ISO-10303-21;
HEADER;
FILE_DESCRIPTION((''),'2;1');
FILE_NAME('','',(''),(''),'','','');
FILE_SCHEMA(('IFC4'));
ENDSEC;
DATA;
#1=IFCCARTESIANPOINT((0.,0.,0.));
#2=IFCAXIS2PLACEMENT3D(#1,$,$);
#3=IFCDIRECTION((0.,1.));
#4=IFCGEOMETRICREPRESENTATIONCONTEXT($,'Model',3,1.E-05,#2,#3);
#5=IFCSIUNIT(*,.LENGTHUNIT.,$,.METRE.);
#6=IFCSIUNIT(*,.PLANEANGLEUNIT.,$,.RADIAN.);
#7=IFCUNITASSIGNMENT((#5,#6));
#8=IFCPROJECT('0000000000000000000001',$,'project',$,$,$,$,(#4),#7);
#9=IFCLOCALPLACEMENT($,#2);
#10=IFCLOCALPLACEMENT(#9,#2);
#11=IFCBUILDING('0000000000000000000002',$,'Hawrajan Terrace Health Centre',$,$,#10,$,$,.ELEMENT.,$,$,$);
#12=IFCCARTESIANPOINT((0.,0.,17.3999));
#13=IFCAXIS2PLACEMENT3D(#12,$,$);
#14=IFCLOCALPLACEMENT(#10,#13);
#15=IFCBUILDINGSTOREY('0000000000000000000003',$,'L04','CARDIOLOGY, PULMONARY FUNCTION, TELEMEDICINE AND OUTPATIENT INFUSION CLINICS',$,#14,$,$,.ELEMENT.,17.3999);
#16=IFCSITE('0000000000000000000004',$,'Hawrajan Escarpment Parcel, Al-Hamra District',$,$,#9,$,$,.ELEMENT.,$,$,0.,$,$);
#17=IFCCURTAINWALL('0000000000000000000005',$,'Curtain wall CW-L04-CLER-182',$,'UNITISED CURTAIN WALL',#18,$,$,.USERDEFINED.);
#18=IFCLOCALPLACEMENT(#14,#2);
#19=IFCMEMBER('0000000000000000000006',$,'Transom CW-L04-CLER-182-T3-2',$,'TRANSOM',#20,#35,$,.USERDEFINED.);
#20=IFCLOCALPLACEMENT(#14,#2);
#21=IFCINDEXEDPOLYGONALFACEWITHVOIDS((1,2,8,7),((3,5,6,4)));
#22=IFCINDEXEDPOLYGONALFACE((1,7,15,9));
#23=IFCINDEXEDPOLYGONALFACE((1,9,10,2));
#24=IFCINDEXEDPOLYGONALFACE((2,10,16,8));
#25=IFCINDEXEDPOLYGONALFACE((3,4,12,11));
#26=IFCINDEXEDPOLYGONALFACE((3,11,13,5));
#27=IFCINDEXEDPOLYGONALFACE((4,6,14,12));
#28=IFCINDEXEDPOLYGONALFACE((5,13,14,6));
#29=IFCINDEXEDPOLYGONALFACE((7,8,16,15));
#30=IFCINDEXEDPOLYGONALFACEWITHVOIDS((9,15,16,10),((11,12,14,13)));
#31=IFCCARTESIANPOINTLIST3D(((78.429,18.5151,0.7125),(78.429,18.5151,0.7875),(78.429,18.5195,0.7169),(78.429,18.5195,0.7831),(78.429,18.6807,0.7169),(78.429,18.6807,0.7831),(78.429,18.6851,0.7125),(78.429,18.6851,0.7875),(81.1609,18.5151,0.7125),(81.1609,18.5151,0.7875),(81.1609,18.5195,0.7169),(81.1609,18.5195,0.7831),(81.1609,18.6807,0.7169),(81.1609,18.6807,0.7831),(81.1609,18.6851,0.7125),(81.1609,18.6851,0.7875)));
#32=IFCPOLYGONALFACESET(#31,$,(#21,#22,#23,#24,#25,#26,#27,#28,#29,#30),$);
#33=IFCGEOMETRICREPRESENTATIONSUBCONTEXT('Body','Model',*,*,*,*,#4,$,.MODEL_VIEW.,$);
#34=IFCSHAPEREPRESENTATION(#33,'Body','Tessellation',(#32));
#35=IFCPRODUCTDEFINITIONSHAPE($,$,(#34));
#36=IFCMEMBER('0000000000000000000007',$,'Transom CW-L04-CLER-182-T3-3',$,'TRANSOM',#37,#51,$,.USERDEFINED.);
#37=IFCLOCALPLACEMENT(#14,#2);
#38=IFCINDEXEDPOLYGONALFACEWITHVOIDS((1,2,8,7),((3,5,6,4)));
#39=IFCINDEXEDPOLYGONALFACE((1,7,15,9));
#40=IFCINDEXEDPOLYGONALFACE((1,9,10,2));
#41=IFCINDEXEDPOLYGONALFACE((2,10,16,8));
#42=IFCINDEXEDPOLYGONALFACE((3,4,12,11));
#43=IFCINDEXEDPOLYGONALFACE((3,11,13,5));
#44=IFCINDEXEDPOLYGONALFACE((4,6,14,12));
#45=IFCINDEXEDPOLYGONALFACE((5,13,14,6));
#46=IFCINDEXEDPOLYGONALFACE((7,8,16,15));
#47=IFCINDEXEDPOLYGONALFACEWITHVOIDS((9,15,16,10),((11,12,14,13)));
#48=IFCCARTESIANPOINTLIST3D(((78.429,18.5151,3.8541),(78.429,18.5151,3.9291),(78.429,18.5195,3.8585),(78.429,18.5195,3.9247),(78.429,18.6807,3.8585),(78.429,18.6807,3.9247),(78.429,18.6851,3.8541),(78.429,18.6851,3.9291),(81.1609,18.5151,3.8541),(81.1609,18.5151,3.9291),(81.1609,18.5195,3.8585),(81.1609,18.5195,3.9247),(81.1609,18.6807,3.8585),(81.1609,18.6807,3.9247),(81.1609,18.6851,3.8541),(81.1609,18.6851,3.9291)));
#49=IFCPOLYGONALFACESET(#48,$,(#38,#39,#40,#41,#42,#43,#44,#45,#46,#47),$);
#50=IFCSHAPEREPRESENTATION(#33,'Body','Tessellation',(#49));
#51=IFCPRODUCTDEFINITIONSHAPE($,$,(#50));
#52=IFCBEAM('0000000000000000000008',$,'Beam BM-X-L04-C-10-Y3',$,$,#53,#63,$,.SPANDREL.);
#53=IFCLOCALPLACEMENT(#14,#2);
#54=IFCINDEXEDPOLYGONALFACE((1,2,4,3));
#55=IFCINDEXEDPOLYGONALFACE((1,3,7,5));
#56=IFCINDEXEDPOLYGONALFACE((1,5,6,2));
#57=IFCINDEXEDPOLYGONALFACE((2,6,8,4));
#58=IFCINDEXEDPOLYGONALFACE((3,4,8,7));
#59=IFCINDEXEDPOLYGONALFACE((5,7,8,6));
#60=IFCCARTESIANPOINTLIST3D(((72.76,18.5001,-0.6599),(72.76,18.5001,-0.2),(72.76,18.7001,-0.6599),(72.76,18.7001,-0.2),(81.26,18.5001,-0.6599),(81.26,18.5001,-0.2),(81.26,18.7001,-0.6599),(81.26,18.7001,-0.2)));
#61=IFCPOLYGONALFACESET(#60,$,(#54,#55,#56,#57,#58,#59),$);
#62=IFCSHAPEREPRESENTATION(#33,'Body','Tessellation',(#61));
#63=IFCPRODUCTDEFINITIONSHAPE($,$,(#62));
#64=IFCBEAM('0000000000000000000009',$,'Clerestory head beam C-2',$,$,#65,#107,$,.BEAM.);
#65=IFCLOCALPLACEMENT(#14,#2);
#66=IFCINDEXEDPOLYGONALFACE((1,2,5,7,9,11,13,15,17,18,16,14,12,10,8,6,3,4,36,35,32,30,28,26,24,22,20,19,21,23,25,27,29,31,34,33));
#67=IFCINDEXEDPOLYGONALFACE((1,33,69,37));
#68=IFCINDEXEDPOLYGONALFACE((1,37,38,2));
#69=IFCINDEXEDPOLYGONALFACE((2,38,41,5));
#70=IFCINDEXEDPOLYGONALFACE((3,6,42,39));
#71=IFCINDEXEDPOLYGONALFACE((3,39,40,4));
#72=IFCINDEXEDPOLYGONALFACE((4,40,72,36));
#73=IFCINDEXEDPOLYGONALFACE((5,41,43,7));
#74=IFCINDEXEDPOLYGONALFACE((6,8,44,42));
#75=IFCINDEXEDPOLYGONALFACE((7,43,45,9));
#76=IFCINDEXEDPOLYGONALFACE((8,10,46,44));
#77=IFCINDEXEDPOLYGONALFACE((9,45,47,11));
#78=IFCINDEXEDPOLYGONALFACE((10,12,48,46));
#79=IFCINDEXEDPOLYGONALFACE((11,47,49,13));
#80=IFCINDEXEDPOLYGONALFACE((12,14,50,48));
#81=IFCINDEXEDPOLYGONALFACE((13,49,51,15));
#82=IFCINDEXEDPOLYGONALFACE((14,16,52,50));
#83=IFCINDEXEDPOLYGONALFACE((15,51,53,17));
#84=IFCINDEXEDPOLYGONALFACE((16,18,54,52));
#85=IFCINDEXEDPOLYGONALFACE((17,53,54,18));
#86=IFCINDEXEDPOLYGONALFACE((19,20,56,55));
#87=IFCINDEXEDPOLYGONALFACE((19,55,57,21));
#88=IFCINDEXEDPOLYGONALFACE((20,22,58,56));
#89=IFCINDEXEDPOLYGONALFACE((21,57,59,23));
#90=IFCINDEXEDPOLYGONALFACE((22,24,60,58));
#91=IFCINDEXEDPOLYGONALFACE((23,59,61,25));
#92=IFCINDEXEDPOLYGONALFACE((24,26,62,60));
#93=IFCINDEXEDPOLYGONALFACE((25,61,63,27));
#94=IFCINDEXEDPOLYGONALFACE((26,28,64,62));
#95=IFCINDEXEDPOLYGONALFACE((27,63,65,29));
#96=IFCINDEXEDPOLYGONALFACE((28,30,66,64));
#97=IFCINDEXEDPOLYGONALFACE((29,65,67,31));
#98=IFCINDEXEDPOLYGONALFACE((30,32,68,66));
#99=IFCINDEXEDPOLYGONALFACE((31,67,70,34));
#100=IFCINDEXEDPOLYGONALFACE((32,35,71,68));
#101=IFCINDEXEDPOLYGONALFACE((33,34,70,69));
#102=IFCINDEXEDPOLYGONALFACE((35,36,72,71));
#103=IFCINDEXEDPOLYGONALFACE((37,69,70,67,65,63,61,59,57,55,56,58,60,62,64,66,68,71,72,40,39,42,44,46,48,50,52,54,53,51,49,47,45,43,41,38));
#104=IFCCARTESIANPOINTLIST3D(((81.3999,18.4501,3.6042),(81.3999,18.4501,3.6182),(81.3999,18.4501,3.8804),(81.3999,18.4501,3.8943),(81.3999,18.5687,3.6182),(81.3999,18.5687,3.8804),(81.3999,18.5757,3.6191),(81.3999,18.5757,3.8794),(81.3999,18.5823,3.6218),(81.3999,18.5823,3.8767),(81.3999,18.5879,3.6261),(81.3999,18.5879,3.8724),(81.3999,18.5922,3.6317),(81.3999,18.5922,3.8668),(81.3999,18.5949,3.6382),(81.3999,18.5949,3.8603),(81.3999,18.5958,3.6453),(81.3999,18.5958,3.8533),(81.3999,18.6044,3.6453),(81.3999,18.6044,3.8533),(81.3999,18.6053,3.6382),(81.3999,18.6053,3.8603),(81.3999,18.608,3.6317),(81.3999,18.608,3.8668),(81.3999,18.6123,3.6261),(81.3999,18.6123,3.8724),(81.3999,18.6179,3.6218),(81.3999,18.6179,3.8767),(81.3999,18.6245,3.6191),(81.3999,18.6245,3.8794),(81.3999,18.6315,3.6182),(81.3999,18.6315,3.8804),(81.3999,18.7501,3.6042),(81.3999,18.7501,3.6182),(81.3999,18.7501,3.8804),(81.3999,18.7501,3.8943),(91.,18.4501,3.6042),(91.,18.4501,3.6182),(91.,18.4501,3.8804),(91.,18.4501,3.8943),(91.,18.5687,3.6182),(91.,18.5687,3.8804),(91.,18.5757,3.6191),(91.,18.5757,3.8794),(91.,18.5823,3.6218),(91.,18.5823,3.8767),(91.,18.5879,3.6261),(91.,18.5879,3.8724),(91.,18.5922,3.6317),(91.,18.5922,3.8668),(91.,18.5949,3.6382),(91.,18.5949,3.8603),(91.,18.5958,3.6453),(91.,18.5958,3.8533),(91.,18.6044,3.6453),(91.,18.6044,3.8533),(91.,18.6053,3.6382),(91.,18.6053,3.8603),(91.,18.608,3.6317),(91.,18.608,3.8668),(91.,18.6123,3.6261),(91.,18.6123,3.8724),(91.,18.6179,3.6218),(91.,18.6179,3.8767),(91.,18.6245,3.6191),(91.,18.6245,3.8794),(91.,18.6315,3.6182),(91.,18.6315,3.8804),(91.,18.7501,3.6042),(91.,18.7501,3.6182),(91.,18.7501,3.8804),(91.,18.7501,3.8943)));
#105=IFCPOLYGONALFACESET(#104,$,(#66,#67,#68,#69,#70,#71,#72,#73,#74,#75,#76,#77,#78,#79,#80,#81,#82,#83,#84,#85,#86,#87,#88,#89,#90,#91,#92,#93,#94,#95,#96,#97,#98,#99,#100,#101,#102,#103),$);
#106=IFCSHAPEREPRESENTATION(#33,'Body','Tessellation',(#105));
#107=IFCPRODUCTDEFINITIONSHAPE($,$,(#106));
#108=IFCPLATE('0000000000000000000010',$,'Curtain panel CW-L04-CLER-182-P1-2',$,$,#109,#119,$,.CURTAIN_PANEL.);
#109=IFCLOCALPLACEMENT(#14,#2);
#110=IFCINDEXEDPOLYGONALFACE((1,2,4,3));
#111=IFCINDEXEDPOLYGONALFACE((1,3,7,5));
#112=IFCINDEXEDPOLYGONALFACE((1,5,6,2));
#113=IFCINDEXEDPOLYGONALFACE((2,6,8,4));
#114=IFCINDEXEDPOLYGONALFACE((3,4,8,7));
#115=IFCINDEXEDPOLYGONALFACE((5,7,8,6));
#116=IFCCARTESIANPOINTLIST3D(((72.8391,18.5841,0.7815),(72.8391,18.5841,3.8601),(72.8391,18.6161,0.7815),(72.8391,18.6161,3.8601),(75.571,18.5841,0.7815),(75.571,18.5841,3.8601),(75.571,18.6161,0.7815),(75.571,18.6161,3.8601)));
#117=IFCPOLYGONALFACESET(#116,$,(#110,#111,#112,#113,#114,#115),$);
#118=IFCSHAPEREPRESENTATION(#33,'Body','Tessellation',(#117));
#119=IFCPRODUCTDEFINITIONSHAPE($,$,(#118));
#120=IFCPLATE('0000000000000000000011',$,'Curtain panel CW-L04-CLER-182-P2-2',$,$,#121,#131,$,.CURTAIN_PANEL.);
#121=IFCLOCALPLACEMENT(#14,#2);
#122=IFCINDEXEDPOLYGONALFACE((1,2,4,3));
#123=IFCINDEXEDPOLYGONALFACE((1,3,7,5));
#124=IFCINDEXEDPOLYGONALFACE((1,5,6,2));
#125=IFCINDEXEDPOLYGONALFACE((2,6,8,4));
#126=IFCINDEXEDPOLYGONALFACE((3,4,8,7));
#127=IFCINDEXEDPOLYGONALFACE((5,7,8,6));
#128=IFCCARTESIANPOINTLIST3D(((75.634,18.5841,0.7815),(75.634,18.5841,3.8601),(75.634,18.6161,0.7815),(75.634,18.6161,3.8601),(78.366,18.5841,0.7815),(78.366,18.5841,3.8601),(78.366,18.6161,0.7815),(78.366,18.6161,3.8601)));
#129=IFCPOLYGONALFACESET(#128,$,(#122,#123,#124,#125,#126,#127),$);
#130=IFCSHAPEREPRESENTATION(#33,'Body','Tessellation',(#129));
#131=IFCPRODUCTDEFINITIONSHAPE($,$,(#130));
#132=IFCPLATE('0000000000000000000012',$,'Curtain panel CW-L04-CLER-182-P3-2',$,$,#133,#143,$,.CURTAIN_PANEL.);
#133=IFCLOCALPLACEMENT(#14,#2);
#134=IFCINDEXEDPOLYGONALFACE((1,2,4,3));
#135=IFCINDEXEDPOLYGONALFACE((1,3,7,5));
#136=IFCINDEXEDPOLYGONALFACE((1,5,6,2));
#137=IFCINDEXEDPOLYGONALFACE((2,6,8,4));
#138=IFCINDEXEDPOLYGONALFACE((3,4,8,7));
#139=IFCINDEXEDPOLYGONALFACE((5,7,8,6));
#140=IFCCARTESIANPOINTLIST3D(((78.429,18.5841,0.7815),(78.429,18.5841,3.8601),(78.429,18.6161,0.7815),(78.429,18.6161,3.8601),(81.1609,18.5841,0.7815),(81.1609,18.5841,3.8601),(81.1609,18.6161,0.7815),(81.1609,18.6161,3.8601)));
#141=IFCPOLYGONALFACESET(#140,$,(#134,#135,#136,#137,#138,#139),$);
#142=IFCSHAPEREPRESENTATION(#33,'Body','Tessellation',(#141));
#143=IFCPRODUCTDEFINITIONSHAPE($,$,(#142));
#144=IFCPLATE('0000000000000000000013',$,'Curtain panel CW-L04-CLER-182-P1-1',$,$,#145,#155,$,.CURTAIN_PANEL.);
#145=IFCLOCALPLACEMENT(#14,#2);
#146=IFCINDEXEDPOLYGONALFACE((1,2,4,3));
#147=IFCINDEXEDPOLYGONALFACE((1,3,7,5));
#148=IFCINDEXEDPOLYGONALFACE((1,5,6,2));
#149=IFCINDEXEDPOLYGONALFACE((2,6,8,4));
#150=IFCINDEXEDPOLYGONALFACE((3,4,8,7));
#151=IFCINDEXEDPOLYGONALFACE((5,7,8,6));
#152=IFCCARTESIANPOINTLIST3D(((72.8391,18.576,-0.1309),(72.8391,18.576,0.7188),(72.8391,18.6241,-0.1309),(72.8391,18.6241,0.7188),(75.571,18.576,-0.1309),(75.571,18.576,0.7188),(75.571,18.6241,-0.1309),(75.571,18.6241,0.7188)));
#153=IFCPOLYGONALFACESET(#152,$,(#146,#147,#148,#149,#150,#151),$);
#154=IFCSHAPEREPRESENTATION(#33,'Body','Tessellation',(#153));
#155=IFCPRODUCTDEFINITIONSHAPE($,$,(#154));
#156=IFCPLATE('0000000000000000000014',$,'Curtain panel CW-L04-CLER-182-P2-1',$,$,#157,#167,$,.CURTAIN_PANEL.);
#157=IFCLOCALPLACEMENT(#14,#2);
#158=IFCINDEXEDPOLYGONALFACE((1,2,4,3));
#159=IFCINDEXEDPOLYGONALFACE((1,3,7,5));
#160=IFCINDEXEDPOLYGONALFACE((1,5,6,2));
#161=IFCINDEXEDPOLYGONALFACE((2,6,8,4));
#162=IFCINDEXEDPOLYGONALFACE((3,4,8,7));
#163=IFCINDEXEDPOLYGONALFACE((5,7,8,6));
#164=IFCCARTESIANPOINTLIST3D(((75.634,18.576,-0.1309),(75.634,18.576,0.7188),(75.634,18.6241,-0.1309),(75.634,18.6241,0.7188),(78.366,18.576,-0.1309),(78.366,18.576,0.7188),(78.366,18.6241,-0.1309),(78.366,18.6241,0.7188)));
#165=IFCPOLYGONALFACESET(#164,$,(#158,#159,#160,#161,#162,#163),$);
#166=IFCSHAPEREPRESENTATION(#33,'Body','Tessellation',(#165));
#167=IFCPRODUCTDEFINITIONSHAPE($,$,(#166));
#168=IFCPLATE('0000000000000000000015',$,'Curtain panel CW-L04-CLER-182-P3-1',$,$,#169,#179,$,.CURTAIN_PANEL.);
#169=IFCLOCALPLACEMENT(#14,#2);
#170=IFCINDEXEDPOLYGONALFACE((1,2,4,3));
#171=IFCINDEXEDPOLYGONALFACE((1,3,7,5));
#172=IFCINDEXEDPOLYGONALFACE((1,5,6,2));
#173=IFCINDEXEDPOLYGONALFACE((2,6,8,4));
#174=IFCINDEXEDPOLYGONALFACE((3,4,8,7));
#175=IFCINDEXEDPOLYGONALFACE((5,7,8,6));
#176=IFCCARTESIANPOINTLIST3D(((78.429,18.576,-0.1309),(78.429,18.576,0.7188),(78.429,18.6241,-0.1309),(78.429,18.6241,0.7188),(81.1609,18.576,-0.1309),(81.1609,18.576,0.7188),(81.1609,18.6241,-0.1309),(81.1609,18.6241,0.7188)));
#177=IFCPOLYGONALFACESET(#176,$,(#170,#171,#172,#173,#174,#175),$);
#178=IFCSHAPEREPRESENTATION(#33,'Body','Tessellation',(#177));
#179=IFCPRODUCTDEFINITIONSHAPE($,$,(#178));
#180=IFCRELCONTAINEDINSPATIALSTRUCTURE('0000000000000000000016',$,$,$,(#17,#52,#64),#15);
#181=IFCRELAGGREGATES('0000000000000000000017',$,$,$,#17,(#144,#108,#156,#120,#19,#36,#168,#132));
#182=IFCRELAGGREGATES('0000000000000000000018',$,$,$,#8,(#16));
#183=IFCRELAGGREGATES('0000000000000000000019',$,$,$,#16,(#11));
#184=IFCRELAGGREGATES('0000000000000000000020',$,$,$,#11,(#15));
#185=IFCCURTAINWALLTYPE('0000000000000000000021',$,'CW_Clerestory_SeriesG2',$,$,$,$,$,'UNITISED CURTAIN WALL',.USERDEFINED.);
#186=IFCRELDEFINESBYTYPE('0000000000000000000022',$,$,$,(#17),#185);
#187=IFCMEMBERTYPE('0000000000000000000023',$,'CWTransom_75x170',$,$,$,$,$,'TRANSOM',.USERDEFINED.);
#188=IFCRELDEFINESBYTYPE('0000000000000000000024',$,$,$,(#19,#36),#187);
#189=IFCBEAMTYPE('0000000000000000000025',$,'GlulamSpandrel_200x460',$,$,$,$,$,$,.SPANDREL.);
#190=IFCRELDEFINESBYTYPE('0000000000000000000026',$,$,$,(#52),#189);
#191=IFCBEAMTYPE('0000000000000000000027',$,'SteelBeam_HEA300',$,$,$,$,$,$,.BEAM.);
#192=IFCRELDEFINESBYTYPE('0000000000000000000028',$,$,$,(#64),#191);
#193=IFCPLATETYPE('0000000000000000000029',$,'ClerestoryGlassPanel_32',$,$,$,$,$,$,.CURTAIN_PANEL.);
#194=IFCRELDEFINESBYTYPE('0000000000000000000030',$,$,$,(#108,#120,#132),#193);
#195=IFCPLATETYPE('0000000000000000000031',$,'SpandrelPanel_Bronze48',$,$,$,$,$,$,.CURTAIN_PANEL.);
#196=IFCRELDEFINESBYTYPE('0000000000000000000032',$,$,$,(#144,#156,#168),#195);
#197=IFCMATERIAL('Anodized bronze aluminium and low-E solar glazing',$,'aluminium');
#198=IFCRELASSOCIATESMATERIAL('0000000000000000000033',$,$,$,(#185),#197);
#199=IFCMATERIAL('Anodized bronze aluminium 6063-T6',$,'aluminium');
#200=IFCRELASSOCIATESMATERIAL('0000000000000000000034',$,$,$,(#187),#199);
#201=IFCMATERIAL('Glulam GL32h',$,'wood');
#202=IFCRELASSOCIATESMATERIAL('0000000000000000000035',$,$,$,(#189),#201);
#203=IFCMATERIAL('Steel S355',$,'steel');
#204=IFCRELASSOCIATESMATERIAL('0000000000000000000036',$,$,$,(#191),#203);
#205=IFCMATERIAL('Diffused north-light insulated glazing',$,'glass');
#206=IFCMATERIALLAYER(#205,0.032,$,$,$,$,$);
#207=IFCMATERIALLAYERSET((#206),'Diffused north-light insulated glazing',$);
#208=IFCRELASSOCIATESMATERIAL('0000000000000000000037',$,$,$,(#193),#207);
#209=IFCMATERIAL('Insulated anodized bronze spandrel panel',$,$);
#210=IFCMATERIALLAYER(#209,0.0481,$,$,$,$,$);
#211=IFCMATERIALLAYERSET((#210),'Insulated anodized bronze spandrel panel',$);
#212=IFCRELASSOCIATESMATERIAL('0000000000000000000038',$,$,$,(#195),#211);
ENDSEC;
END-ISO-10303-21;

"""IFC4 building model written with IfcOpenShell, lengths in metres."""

from ifc_helpers import new_model, si_unit, direction, frame, origin, origin_2d, place, context, subcontext, project, spatial, rectangle, hollow_rectangle, i_section, extrude, material, layer, layer_set, material_profile, profile_set, type_object, element, aggregate, save


model = new_model("IFC4")

# Units and contexts
model_context = context("Model", 3, precision=1e-05, world=origin(), true_north=direction((0.0, 1.0)))
body_context = subcontext(model_context, "Body", "Model", "MODEL_VIEW")
ifc_project = project(units=[si_unit("LENGTHUNIT", "METRE"), si_unit("PLANEANGLEUNIT", "RADIAN")], contexts=[model_context])

# Site, building, storey
site_placement = place(None, origin())
site = spatial("IfcSite", under=ifc_project, at=site_placement, Name="Hawrajan Escarpment Parcel, Al-Hamra District", CompositionType="ELEMENT", RefElevation=0.0)
building_placement = place(site_placement, origin())
building = spatial("IfcBuilding", under=site, at=building_placement, Name="Hawrajan Terrace Health Centre", CompositionType="ELEMENT")
storey_placement = place(building_placement, frame((0.0, 0.0, 17.3999)))
storey = spatial("IfcBuildingStorey", under=building, at=storey_placement, Name="L04", Description="CARDIOLOGY, PULMONARY FUNCTION, TELEMEDICINE AND OUTPATIENT INFUSION CLINICS", CompositionType="ELEMENT", Elevation=17.3999)

# Curtain wall, members
ifc_material_1 = material(Name="Anodized bronze aluminium and low-E solar glazing", Category="aluminium")
curtain_wall_type = type_object("IfcCurtainWallType", Name="CW_Clerestory_SeriesG2", ElementType="UNITISED CURTAIN WALL", PredefinedType="USERDEFINED", material=ifc_material_1)
curtain_wall_placement = place(storey_placement, origin())
curtain_wall = element("IfcCurtainWall", 1, at=curtain_wall_placement, inside=storey, type_object=curtain_wall_type, Name="Curtain wall CW-L04-CLER-182", ObjectType="UNITISED CURTAIN WALL", PredefinedType="USERDEFINED")
ifc_material_2 = material(Name="Anodized bronze aluminium 6063-T6", Category="aluminium")
ifc_material_profile_1 = material_profile(ifc_material_2, hollow_rectangle(XDim=0.075, YDim=0.1699, WallThickness=0.0044, at=origin_2d()), Name="CW TRN 75x170")
ifc_profile_set_1 = profile_set([ifc_material_profile_1], Name="Anodized bronze aluminium 6063-T6")
member_type_1 = type_object("IfcMemberType", Name="CWTransom_75x170", ElementType="TRANSOM", PredefinedType="USERDEFINED", material=ifc_profile_set_1)
member_1_placement = place(storey_placement, frame((78.429, 18.6001, 0.75), z_axis=(1.0, 0.0, 0.0), x_axis=(0.0, 0.0, 1.0)))
member_1 = element("IfcMember", 2, at=member_1_placement, type_object=member_type_1, Name="Transom CW-L04-CLER-182-T3-2", ObjectType="TRANSOM", PredefinedType="USERDEFINED", context=body_context, shape_type="SweptSolid", body=[
    extrude(hollow_rectangle(XDim=0.075, YDim=0.1699, WallThickness=0.0044, at=origin_2d()), origin(), (0.0, 0.0, 1.0), 2.7319),
])
member_2_placement = place(storey_placement, frame((78.429, 18.6001, 3.8916), z_axis=(1.0, 0.0, 0.0), x_axis=(0.0, 0.0, 1.0)))
member_2 = element("IfcMember", 3, at=member_2_placement, type_object=member_type_1, Name="Transom CW-L04-CLER-182-T3-3", ObjectType="TRANSOM", PredefinedType="USERDEFINED", context=body_context, shape_type="SweptSolid", body=[
    extrude(hollow_rectangle(XDim=0.075, YDim=0.1699, WallThickness=0.0044, at=origin_2d()), origin(), (0.0, 0.0, 1.0), 2.7319),
])

# Beams
ifc_material_3 = material(Name="Glulam GL32h", Category="wood")
ifc_material_profile_2 = material_profile(ifc_material_3, rectangle(XDim=0.2, YDim=0.46, at=origin_2d()), Name="GL SP 200x460")
ifc_profile_set_2 = profile_set([ifc_material_profile_2], Name="Glulam GL32h")
beam_type_1 = type_object("IfcBeamType", Name="GlulamSpandrel_200x460", PredefinedType="SPANDREL", material=ifc_profile_set_2)
beam_1_placement = place(storey_placement, frame((72.76, 18.6001, -0.4299), z_axis=(1.0, 0.0, 0.0), x_axis=(0.0, 1.0, 0.0)))
element("IfcBeam", 4, at=beam_1_placement, inside=storey, type_object=beam_type_1, Name="Beam BM-X-L04-C-10-Y3", PredefinedType="SPANDREL", context=body_context, shape_type="SweptSolid", body=[
    extrude(rectangle(XDim=0.2, YDim=0.46, at=origin_2d()), origin(), (0.0, 0.0, 1.0), 8.5),
])
ifc_material_4 = material(Name="Steel S355", Category="steel")
ifc_material_profile_3 = material_profile(ifc_material_4, i_section(OverallWidth=0.3, OverallDepth=0.29, WebThickness=0.0085, FlangeThickness=0.0139, FilletRadius=0.0271, at=origin_2d()), Name="HEA 300")
ifc_profile_set_3 = profile_set([ifc_material_profile_3], Name="Steel S355")
beam_type_2 = type_object("IfcBeamType", Name="SteelBeam_HEA300", PredefinedType="BEAM", material=ifc_profile_set_3)
beam_2_placement = place(storey_placement, frame((81.3999, 18.6001, 3.7493), z_axis=(1.0, 0.0, 0.0), x_axis=(0.0, 1.0, 0.0)))
element("IfcBeam", 5, at=beam_2_placement, inside=storey, type_object=beam_type_2, Name="Clerestory head beam C-2", PredefinedType="BEAM", context=body_context, shape_type="SweptSolid", body=[
    extrude(i_section(OverallWidth=0.3, OverallDepth=0.29, WebThickness=0.0085, FlangeThickness=0.0139, FilletRadius=0.0271, at=origin_2d()), origin(), (0.0, 0.0, 1.0), 9.6001),
])

# Plates
ifc_material_5 = material(Name="Diffused north-light insulated glazing", Category="glass")
ifc_layer_1 = layer(ifc_material_5, 0.032)
ifc_layer_set_1 = layer_set([ifc_layer_1], Name="Diffused north-light insulated glazing")
plate_type_1 = type_object("IfcPlateType", Name="ClerestoryGlassPanel_32", PredefinedType="CURTAIN_PANEL", material=ifc_layer_set_1)
plate_1_placement = place(storey_placement, frame((74.2051, 18.6001, 0.7815), z_axis=(0.0, 0.0, 1.0), x_axis=(1.0, 0.0, 0.0)))
plate_1 = element("IfcPlate", 6, at=plate_1_placement, type_object=plate_type_1, Name="Curtain panel CW-L04-CLER-182-P1-2", PredefinedType="CURTAIN_PANEL", context=body_context, shape_type="SweptSolid", body=[
    extrude(rectangle(XDim=2.7319, YDim=0.032, at=origin_2d()), origin(), (0.0, 0.0, 1.0), 3.0786),
])
plate_2_placement = place(storey_placement, frame((77.0, 18.6001, 0.7815), z_axis=(0.0, 0.0, 1.0), x_axis=(1.0, 0.0, 0.0)))
plate_2 = element("IfcPlate", 7, at=plate_2_placement, type_object=plate_type_1, Name="Curtain panel CW-L04-CLER-182-P2-2", PredefinedType="CURTAIN_PANEL", context=body_context, shape_type="SweptSolid", body=[
    extrude(rectangle(XDim=2.7319, YDim=0.032, at=origin_2d()), origin(), (0.0, 0.0, 1.0), 3.0786),
])
plate_3_placement = place(storey_placement, frame((79.7949, 18.6001, 0.7815), z_axis=(0.0, 0.0, 1.0), x_axis=(1.0, 0.0, 0.0)))
plate_3 = element("IfcPlate", 8, at=plate_3_placement, type_object=plate_type_1, Name="Curtain panel CW-L04-CLER-182-P3-2", PredefinedType="CURTAIN_PANEL", context=body_context, shape_type="SweptSolid", body=[
    extrude(rectangle(XDim=2.7319, YDim=0.032, at=origin_2d()), origin(), (0.0, 0.0, 1.0), 3.0786),
])
ifc_material_6 = material(Name="Insulated anodized bronze spandrel panel")
ifc_layer_2 = layer(ifc_material_6, 0.0481)
ifc_layer_set_2 = layer_set([ifc_layer_2], Name="Insulated anodized bronze spandrel panel")
plate_type_2 = type_object("IfcPlateType", Name="SpandrelPanel_Bronze48", PredefinedType="CURTAIN_PANEL", material=ifc_layer_set_2)
plate_4_placement = place(storey_placement, frame((74.2051, 18.6001, -0.1309), z_axis=(0.0, 0.0, 1.0), x_axis=(1.0, 0.0, 0.0)))
plate_4 = element("IfcPlate", 9, at=plate_4_placement, type_object=plate_type_2, Name="Curtain panel CW-L04-CLER-182-P1-1", PredefinedType="CURTAIN_PANEL", context=body_context, shape_type="SweptSolid", body=[
    extrude(rectangle(XDim=2.7319, YDim=0.0481, at=origin_2d()), origin(), (0.0, 0.0, 1.0), 0.8496),
])
plate_5_placement = place(storey_placement, frame((77.0, 18.6001, -0.1309), z_axis=(0.0, 0.0, 1.0), x_axis=(1.0, 0.0, 0.0)))
plate_5 = element("IfcPlate", 10, at=plate_5_placement, type_object=plate_type_2, Name="Curtain panel CW-L04-CLER-182-P2-1", PredefinedType="CURTAIN_PANEL", context=body_context, shape_type="SweptSolid", body=[
    extrude(rectangle(XDim=2.7319, YDim=0.0481, at=origin_2d()), origin(), (0.0, 0.0, 1.0), 0.8496),
])
plate_6_placement = place(storey_placement, frame((79.7949, 18.6001, -0.1309), z_axis=(0.0, 0.0, 1.0), x_axis=(1.0, 0.0, 0.0)))
plate_6 = element("IfcPlate", 11, at=plate_6_placement, type_object=plate_type_2, Name="Curtain panel CW-L04-CLER-182-P3-1", PredefinedType="CURTAIN_PANEL", context=body_context, shape_type="SweptSolid", body=[
    extrude(rectangle(XDim=2.7319, YDim=0.0481, at=origin_2d()), origin(), (0.0, 0.0, 1.0), 0.8496),
])
aggregate(curtain_wall, [plate_4, plate_1, plate_5, plate_2, member_1, member_2, plate_6, plate_3])

save(model, "model.ifc")
